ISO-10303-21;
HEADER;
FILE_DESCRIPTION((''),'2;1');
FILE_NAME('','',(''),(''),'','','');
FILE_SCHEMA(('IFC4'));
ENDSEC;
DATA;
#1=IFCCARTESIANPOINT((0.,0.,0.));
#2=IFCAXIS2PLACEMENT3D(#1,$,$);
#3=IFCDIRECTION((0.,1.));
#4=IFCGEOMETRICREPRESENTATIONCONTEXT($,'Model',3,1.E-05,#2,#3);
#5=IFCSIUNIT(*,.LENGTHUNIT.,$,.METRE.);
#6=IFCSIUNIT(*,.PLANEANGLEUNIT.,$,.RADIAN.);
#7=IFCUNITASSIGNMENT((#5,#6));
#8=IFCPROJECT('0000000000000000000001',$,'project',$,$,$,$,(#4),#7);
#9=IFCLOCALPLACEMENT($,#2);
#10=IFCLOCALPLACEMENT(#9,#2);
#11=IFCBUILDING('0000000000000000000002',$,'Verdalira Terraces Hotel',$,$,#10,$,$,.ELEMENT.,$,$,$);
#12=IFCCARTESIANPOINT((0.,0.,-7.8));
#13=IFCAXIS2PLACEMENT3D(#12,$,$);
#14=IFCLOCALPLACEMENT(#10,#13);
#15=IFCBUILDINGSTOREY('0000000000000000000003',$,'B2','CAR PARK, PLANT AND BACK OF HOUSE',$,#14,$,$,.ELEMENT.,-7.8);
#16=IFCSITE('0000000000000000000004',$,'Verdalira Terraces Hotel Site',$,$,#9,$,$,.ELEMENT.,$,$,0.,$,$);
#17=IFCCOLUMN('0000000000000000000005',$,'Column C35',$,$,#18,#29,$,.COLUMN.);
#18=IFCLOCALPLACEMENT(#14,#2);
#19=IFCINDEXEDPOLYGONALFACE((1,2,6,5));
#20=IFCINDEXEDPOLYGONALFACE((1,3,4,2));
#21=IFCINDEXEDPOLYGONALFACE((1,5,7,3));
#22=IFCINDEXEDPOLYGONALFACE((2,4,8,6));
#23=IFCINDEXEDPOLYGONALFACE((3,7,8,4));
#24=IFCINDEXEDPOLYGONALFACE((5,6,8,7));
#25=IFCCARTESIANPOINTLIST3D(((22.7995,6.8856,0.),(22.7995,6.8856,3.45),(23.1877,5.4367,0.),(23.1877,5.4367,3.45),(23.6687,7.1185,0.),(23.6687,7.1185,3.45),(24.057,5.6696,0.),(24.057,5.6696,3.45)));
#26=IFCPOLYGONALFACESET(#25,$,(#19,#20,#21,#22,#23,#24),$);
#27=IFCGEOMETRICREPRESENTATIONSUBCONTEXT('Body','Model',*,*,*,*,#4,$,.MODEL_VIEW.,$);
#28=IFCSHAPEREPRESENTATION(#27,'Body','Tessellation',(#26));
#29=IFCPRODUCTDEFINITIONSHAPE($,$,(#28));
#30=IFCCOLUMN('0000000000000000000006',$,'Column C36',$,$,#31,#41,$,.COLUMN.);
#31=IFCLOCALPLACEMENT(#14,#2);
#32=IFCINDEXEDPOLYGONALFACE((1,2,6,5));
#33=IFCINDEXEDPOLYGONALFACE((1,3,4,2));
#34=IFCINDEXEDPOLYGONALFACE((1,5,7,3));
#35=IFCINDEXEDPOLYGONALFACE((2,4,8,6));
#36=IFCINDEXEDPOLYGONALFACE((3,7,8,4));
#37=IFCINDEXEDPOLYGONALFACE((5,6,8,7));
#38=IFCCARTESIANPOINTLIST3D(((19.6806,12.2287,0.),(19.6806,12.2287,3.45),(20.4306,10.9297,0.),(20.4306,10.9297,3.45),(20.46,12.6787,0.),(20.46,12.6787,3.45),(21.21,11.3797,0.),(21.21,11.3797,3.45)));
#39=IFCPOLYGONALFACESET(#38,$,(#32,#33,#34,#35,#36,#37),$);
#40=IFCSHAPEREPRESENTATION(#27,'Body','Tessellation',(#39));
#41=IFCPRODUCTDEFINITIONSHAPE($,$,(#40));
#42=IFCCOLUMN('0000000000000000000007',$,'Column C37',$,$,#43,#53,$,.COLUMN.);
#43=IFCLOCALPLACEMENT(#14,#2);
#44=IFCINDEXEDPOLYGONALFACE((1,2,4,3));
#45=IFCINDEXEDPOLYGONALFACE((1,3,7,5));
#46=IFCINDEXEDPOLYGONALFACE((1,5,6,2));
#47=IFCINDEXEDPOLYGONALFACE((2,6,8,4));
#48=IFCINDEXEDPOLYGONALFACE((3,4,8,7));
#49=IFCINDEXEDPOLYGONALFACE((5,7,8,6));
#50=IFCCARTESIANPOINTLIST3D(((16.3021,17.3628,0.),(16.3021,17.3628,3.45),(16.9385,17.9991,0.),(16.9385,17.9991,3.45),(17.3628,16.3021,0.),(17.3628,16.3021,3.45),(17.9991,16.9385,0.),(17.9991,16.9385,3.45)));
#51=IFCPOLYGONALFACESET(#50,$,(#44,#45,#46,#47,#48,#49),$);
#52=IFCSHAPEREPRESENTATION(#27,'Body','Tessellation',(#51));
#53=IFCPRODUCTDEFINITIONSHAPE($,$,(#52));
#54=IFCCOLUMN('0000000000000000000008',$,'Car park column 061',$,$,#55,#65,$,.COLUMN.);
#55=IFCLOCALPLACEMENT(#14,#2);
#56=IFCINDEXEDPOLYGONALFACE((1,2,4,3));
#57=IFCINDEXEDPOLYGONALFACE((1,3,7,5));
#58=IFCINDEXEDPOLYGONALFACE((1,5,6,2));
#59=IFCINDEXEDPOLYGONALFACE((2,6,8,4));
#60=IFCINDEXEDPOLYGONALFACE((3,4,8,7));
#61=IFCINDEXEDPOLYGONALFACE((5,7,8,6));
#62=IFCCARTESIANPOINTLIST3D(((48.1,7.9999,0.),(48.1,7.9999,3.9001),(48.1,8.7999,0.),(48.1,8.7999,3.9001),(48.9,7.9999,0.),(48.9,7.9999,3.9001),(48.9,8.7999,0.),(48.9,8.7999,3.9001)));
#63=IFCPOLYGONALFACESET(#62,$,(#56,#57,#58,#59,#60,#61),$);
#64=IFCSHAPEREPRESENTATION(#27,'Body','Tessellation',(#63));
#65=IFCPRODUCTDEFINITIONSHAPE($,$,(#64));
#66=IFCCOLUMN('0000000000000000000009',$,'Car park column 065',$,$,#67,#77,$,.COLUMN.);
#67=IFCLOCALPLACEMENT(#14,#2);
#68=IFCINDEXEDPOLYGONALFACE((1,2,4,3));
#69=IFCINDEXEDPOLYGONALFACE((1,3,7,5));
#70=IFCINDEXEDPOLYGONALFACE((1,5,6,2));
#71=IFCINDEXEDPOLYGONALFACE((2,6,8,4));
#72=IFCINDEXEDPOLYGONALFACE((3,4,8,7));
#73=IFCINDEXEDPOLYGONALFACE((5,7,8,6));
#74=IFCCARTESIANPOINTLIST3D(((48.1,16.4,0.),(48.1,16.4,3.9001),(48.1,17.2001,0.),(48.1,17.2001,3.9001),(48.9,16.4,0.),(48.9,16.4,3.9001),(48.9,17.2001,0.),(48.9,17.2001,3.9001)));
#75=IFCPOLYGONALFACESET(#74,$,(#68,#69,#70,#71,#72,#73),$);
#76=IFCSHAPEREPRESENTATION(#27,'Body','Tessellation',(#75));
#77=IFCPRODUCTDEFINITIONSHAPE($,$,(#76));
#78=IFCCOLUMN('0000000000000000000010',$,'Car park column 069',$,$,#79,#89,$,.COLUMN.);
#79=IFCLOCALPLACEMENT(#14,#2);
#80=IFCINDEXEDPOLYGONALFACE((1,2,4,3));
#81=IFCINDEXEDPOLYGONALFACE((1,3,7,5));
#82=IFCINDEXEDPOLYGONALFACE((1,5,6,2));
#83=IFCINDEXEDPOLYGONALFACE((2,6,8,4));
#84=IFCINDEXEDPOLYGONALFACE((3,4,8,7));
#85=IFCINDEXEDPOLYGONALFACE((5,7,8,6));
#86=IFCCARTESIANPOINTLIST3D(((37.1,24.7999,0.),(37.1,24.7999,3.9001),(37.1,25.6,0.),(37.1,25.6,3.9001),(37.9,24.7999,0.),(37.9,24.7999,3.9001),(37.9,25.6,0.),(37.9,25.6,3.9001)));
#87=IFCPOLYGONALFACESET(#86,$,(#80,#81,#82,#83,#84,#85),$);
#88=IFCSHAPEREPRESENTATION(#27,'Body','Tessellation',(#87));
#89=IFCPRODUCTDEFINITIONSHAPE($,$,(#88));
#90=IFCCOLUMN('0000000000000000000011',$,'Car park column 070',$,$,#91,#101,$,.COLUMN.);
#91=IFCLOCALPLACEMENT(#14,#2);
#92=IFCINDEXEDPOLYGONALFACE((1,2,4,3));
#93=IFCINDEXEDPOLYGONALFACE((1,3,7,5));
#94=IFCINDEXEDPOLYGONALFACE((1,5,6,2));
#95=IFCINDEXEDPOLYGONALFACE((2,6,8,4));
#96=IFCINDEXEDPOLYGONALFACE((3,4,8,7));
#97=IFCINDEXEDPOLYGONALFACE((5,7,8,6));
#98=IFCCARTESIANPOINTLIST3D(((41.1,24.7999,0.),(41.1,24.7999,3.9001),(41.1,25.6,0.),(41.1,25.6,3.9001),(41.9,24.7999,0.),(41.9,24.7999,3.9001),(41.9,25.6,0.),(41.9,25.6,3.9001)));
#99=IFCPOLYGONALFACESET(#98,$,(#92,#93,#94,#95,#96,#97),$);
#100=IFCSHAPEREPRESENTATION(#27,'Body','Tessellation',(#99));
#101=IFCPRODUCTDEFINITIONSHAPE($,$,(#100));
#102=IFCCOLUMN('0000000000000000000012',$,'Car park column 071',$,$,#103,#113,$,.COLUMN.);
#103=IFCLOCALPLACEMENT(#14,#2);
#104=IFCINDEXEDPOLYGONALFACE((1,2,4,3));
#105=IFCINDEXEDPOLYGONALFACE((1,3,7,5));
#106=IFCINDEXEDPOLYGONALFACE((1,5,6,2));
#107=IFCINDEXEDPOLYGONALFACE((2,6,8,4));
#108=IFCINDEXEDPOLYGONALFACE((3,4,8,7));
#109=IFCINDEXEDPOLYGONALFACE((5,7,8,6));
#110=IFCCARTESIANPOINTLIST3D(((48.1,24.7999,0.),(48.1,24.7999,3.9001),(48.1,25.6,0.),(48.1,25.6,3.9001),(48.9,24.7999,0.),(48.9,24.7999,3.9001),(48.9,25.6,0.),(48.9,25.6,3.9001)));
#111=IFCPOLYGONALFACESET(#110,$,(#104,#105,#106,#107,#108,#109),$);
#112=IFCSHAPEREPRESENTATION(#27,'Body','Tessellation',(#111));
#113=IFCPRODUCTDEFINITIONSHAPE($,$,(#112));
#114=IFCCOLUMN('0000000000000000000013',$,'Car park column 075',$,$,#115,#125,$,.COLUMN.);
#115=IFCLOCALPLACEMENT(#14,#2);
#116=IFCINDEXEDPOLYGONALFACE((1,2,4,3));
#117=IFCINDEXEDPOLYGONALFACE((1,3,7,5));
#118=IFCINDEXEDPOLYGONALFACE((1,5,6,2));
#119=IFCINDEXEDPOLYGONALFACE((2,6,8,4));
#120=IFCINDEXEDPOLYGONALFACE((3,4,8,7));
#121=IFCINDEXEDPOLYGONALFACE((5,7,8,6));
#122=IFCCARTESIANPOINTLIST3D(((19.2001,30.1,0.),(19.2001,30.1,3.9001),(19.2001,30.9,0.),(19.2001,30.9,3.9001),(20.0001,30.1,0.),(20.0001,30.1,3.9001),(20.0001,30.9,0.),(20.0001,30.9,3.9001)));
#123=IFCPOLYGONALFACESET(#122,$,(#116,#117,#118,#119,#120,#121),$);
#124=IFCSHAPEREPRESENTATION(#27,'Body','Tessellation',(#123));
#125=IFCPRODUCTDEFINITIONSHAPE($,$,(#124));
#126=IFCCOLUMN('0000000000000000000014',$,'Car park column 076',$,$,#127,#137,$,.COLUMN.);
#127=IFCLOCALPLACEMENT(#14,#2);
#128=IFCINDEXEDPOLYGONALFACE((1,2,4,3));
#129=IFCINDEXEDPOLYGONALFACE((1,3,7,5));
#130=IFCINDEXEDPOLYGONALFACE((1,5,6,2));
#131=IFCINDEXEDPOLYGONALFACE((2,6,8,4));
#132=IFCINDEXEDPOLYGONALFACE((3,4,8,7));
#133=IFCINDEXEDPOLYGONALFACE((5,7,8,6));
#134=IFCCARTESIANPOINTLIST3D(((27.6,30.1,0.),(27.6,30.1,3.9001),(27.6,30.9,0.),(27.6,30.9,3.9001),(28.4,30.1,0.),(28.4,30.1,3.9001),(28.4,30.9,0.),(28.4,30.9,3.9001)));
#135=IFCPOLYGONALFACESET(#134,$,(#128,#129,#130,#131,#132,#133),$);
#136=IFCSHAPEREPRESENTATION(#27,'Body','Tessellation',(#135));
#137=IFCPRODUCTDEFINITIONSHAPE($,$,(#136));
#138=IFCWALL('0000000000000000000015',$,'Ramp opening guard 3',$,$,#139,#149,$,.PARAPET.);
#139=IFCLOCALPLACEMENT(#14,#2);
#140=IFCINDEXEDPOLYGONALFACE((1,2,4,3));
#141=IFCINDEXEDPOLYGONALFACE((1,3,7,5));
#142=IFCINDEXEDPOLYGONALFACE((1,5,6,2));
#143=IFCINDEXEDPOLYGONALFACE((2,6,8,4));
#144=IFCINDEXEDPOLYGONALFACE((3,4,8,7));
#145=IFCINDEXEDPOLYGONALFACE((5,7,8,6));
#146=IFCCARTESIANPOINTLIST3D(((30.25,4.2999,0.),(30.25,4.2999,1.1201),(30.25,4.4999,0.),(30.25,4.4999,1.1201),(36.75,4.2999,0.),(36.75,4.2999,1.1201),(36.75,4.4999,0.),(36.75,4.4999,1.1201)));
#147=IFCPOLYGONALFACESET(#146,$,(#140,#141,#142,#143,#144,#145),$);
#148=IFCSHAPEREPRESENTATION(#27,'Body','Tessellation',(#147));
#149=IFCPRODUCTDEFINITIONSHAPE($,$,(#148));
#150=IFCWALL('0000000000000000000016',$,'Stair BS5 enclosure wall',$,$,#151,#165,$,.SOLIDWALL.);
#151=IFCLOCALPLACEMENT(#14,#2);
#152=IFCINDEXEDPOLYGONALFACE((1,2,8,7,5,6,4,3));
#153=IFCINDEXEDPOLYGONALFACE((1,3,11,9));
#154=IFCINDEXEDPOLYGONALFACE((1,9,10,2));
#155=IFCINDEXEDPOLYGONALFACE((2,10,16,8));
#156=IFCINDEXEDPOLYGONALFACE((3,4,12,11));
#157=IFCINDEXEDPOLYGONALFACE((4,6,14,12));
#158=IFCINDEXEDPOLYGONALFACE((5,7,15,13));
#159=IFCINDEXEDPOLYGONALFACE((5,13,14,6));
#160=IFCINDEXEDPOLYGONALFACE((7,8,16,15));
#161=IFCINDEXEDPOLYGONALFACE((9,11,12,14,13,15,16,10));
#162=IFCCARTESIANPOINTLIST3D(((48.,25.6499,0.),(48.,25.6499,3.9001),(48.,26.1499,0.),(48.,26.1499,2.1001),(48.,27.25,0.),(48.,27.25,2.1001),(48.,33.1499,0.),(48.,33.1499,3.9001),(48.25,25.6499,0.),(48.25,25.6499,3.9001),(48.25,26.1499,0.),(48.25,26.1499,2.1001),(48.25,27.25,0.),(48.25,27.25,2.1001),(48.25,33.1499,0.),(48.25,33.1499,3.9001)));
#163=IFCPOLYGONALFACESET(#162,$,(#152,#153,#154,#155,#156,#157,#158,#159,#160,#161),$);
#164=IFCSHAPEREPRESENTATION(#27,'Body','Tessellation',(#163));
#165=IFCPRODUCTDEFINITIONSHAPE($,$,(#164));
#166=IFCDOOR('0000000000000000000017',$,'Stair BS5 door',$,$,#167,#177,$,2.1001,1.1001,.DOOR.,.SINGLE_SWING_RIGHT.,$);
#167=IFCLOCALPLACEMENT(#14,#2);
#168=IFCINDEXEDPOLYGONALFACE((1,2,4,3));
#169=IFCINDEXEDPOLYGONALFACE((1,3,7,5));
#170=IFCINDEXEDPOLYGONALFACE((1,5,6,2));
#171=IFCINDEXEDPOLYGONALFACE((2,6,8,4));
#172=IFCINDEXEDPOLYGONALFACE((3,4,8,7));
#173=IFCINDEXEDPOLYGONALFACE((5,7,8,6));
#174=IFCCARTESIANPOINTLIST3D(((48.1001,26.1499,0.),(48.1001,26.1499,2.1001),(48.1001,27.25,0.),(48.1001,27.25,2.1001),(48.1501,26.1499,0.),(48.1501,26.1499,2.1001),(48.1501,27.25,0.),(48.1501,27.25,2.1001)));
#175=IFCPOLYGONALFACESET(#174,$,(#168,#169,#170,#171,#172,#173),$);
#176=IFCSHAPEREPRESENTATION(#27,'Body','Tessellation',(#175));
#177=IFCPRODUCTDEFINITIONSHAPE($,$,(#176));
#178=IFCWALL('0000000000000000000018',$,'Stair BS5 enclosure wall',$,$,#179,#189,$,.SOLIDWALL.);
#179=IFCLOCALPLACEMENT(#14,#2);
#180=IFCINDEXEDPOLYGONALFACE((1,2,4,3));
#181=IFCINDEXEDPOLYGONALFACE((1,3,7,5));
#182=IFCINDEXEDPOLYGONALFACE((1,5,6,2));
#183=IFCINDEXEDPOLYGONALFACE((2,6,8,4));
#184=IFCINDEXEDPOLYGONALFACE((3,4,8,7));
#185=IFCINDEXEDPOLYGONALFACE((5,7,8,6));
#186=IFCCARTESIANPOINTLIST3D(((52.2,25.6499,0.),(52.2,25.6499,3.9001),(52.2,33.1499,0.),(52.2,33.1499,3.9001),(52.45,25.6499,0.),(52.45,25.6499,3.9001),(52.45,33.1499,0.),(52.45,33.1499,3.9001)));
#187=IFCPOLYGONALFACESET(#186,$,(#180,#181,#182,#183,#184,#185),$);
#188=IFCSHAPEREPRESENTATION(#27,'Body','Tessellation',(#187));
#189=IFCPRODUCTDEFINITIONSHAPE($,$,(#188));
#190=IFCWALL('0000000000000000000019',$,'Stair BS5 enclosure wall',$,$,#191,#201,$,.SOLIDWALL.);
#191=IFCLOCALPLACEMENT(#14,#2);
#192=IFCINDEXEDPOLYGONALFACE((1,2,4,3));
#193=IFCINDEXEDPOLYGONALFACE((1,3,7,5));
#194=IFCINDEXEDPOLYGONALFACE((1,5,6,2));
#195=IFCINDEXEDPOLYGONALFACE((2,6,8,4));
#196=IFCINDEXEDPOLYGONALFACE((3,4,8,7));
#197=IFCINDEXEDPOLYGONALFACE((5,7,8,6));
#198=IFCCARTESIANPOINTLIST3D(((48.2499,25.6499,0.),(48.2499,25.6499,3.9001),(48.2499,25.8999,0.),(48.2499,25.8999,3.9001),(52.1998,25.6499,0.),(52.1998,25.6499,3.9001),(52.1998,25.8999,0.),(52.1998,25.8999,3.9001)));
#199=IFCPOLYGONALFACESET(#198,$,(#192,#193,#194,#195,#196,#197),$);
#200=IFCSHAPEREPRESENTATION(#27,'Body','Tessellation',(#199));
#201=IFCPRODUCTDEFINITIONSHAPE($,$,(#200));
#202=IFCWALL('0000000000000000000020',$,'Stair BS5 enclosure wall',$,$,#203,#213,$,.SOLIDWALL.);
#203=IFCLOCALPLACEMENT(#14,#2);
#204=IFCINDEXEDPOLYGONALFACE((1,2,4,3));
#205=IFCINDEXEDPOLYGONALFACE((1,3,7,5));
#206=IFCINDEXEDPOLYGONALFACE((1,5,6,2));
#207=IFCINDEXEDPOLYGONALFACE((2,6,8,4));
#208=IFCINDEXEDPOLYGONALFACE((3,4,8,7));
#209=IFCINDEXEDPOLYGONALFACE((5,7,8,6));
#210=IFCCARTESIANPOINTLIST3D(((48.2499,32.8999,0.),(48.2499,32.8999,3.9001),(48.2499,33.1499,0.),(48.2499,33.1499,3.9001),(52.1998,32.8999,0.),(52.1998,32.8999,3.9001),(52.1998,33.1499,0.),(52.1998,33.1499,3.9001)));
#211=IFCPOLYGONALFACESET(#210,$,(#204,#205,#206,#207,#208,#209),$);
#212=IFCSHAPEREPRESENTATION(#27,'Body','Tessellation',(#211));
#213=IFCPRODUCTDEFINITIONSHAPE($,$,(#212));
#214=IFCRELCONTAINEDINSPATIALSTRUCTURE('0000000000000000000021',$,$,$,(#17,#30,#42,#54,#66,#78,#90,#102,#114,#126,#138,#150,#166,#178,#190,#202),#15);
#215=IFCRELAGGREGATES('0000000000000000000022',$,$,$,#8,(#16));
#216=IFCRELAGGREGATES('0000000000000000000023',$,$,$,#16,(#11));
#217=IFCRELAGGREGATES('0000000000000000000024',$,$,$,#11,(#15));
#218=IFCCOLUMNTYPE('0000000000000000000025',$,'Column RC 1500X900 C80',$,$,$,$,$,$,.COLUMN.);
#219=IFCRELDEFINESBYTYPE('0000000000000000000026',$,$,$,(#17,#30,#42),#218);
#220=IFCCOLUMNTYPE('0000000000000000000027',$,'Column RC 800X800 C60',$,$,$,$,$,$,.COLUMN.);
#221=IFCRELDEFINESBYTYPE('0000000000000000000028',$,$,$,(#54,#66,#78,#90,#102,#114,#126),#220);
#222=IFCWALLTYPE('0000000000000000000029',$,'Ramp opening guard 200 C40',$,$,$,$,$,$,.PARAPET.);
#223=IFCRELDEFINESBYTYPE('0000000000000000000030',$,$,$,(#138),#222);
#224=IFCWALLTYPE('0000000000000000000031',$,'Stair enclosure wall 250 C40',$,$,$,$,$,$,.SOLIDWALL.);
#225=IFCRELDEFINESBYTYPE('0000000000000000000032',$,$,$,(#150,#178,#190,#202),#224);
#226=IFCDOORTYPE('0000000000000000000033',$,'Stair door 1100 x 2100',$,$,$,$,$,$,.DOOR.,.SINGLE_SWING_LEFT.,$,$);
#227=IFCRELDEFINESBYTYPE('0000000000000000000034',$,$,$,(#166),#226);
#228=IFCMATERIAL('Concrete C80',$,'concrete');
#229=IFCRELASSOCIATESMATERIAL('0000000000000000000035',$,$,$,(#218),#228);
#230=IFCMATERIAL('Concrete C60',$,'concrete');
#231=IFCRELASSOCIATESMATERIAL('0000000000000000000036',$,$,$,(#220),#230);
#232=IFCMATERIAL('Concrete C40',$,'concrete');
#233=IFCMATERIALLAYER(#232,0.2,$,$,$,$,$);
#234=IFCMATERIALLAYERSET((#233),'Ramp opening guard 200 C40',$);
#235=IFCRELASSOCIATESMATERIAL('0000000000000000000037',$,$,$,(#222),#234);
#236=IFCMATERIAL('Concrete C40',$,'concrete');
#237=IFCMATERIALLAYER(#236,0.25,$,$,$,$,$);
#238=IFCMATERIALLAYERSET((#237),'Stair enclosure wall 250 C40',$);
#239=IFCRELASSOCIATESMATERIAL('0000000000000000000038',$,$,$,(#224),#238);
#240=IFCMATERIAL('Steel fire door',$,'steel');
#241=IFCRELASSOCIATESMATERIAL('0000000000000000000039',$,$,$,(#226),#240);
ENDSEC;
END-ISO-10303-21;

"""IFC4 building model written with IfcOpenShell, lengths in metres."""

from ifc_helpers import new_model, si_unit, direction, frame, frame_2d, origin, origin_2d, place, context, subcontext, project, spatial, rectangle, extrude, material, layer, layer_set, material_profile, profile_set, type_object, element, fill, save


model = new_model("IFC4")

# Units and contexts
model_context = context("Model", 3, precision=1e-05, world=origin(), true_north=direction((0.0, 1.0)))
body_context = subcontext(model_context, "Body", "Model", "MODEL_VIEW")
ifc_project = project(units=[si_unit("LENGTHUNIT", "METRE"), si_unit("PLANEANGLEUNIT", "RADIAN")], contexts=[model_context])

# Site, building, storey
site_placement = place(None, origin())
site = spatial("IfcSite", under=ifc_project, at=site_placement, Name="Verdalira Terraces Hotel Site", CompositionType="ELEMENT", RefElevation=0.0)
building_placement = place(site_placement, origin())
building = spatial("IfcBuilding", under=site, at=building_placement, Name="Verdalira Terraces Hotel", CompositionType="ELEMENT")
storey_placement = place(building_placement, frame((0.0, 0.0, -7.8)))
storey = spatial("IfcBuildingStorey", under=building, at=storey_placement, Name="B2", Description="CAR PARK, PLANT AND BACK OF HOUSE", CompositionType="ELEMENT", Elevation=-7.8)

# Columns
ifc_material_1 = material(Name="Concrete C80", Category="concrete")
ifc_material_profile_1 = material_profile(ifc_material_1, rectangle(XDim=1.5, YDim=0.8999, at=origin_2d()), Name="RC 1500X900")
ifc_profile_set_1 = profile_set([ifc_material_profile_1], Name="Concrete C80")
column_type_1 = type_object("IfcColumnType", Name="Column RC 1500X900 C80", PredefinedType="COLUMN", material=ifc_profile_set_1)
for number, where, z_axis, x_axis, name in (
    (1, (23.4282, 6.2776, 0.0), (0.0, 0.0, 1.0), (0.258819, -0.965926, 0.0), "Column C35"),
    (2, (20.4453, 11.8042, 0.0), (0.0, 0.0, 1.0), (-0.5, 0.866025, 0.0), "Column C36"),
    (3, (17.1506, 17.1506, 0.0), (0.0, 0.0, 1.0), (0.707107, -0.707107, 0.0), "Column C37"),
):
    element("IfcColumn", number, at=place(storey_placement, frame(where, z_axis=z_axis, x_axis=x_axis)), inside=storey, type_object=column_type_1, Name=name, PredefinedType="COLUMN", context=body_context, shape_type="SweptSolid", body=[
        extrude(rectangle(XDim=1.5, YDim=0.8999, at=origin_2d()), origin(), (0.0, 0.0, 1.0), 3.45),
    ])
ifc_material_2 = material(Name="Concrete C60", Category="concrete")
ifc_material_profile_2 = material_profile(ifc_material_2, rectangle(XDim=0.8, YDim=0.8, at=origin_2d()), Name="RC 800X800")
ifc_profile_set_2 = profile_set([ifc_material_profile_2], Name="Concrete C60")
column_type_2 = type_object("IfcColumnType", Name="Column RC 800X800 C60", PredefinedType="COLUMN", material=ifc_profile_set_2)
for number, where, z_axis, x_axis, name in (
    (4, (48.5, 8.3999, 0.0), (0.0, 0.0, 1.0), (1.0, 0.0, 0.0), "Car park column 061"),
    (5, (48.5, 16.8, 0.0), (0.0, 0.0, 1.0), (1.0, 0.0, 0.0), "Car park column 065"),
    (6, (37.5, 25.2, 0.0), (0.0, 0.0, 1.0), (1.0, 0.0, 0.0), "Car park column 069"),
    (7, (41.5, 25.2, 0.0), (0.0, 0.0, 1.0), (1.0, 0.0, 0.0), "Car park column 070"),
    (8, (48.5, 25.2, 0.0), (0.0, 0.0, 1.0), (1.0, 0.0, 0.0), "Car park column 071"),
    (9, (19.6001, 30.5, 0.0), (0.0, 0.0, 1.0), (1.0, 0.0, 0.0), "Car park column 075"),
    (10, (28.0, 30.5, 0.0), (0.0, 0.0, 1.0), (1.0, 0.0, 0.0), "Car park column 076"),
):
    element("IfcColumn", number, at=place(storey_placement, frame(where, z_axis=z_axis, x_axis=x_axis)), inside=storey, type_object=column_type_2, Name=name, PredefinedType="COLUMN", context=body_context, shape_type="SweptSolid", body=[
        extrude(rectangle(XDim=0.8, YDim=0.8, at=origin_2d()), origin(), (0.0, 0.0, 1.0), 3.9001),
    ])

# Wall
ifc_material_3 = material(Name="Concrete C40", Category="concrete")
ifc_layer_1 = layer(ifc_material_3, 0.2)
ifc_layer_set_1 = layer_set([ifc_layer_1], Name="Ramp opening guard 200 C40")
wall_type_1 = type_object("IfcWallType", Name="Ramp opening guard 200 C40", PredefinedType="PARAPET", material=ifc_layer_set_1)
wall_1_placement = place(storey_placement, frame((36.75, 4.3999, 0.0), z_axis=(0.0, 0.0, 1.0), x_axis=(-1.0, 0.0, 0.0)))
element("IfcWall", 11, at=wall_1_placement, inside=storey, type_object=wall_type_1, Name="Ramp opening guard 3", PredefinedType="PARAPET", context=body_context, shape_type="SweptSolid", body=[
    extrude(rectangle(XDim=6.5, YDim=0.2, at=frame_2d((3.25, 0.0))), origin(), (0.0, 0.0, 1.0), 1.1201),
])

# Wall, opening, door
ifc_material_4 = material(Name="Concrete C40", Category="concrete")
ifc_layer_2 = layer(ifc_material_4, 0.25)
ifc_layer_set_2 = layer_set([ifc_layer_2], Name="Stair enclosure wall 250 C40")
wall_type_2 = type_object("IfcWallType", Name="Stair enclosure wall 250 C40", PredefinedType="SOLIDWALL", material=ifc_layer_set_2)
wall_2_placement = place(storey_placement, frame((48.125, 25.6499, 0.0), z_axis=(0.0, 0.0, 1.0), x_axis=(0.0, 1.0, 0.0)))
wall_2 = element("IfcWall", 12, at=wall_2_placement, inside=storey, type_object=wall_type_2, Name="Stair BS5 enclosure wall", PredefinedType="SOLIDWALL", context=body_context, shape_type="SweptSolid", body=[
    extrude(rectangle(XDim=7.5, YDim=0.25, at=frame_2d((3.75, 0.0))), origin(), (0.0, 0.0, 1.0), 3.9001),
])
opening_placement = place(wall_2_placement, frame((0.5, 0.0, 0.0)))
opening = element("IfcOpeningElement", 13, at=opening_placement, cuts=wall_2, PredefinedType="OPENING", context=body_context, shape_type="SweptSolid", body=[
    extrude(rectangle(XDim=1.1001, YDim=2.1001, at=frame_2d((0.55, 1.05))), frame((0.0, 0.135, 0.0), z_axis=(0.0, -1.0, 0.0), x_axis=(1.0, 0.0, 0.0)), (0.0, 0.0, 1.0), 0.27),
])
ifc_material_5 = material(Name="Steel fire door", Category="steel")
door_type = type_object("IfcDoorType", Name="Stair door 1100 x 2100", OperationType="SINGLE_SWING_LEFT", PredefinedType="DOOR", material=ifc_material_5)
door_placement = place(opening_placement, origin())
door = element("IfcDoor", 14, at=door_placement, inside=storey, type_object=door_type, Name="Stair BS5 door", OperationType="SINGLE_SWING_RIGHT", OverallHeight=2.1001, OverallWidth=1.1001, PredefinedType="DOOR", context=body_context, shape_type="SweptSolid", body=[
    extrude(rectangle(XDim=1.1001, YDim=2.1001, at=frame_2d((0.55, 1.05))), frame((0.0, 0.0249, 0.0), z_axis=(0.0, -1.0, 0.0), x_axis=(1.0, 0.0, 0.0)), (0.0, 0.0, 1.0), 0.05),
])
fill(opening, door)

# Walls
wall_3_placement = place(storey_placement, frame((52.325, 25.6499, 0.0), z_axis=(0.0, 0.0, 1.0), x_axis=(0.0, 1.0, 0.0)))
element("IfcWall", 15, at=wall_3_placement, inside=storey, type_object=wall_type_2, Name="Stair BS5 enclosure wall", PredefinedType="SOLIDWALL", context=body_context, shape_type="SweptSolid", body=[
    extrude(rectangle(XDim=7.5, YDim=0.25, at=frame_2d((3.75, 0.0))), origin(), (0.0, 0.0, 1.0), 3.9001),
])
for number, where, z_axis, x_axis, name in (
    (16, (52.2, 25.7749, 0.0), (0.0, 0.0, 1.0), (-1.0, 0.0, 0.0), "Stair BS5 enclosure wall"),
    (17, (52.2, 33.0249, 0.0), (0.0, 0.0, 1.0), (-1.0, 0.0, 0.0), "Stair BS5 enclosure wall"),
):
    element("IfcWall", number, at=place(storey_placement, frame(where, z_axis=z_axis, x_axis=x_axis)), inside=storey, type_object=wall_type_2, Name=name, PredefinedType="SOLIDWALL", context=body_context, shape_type="SweptSolid", body=[
        extrude(rectangle(XDim=3.95, YDim=0.25, at=frame_2d((1.9751, 0.0))), origin(), (0.0, 0.0, 1.0), 3.9001),
    ])

save(model, "model.ifc")
